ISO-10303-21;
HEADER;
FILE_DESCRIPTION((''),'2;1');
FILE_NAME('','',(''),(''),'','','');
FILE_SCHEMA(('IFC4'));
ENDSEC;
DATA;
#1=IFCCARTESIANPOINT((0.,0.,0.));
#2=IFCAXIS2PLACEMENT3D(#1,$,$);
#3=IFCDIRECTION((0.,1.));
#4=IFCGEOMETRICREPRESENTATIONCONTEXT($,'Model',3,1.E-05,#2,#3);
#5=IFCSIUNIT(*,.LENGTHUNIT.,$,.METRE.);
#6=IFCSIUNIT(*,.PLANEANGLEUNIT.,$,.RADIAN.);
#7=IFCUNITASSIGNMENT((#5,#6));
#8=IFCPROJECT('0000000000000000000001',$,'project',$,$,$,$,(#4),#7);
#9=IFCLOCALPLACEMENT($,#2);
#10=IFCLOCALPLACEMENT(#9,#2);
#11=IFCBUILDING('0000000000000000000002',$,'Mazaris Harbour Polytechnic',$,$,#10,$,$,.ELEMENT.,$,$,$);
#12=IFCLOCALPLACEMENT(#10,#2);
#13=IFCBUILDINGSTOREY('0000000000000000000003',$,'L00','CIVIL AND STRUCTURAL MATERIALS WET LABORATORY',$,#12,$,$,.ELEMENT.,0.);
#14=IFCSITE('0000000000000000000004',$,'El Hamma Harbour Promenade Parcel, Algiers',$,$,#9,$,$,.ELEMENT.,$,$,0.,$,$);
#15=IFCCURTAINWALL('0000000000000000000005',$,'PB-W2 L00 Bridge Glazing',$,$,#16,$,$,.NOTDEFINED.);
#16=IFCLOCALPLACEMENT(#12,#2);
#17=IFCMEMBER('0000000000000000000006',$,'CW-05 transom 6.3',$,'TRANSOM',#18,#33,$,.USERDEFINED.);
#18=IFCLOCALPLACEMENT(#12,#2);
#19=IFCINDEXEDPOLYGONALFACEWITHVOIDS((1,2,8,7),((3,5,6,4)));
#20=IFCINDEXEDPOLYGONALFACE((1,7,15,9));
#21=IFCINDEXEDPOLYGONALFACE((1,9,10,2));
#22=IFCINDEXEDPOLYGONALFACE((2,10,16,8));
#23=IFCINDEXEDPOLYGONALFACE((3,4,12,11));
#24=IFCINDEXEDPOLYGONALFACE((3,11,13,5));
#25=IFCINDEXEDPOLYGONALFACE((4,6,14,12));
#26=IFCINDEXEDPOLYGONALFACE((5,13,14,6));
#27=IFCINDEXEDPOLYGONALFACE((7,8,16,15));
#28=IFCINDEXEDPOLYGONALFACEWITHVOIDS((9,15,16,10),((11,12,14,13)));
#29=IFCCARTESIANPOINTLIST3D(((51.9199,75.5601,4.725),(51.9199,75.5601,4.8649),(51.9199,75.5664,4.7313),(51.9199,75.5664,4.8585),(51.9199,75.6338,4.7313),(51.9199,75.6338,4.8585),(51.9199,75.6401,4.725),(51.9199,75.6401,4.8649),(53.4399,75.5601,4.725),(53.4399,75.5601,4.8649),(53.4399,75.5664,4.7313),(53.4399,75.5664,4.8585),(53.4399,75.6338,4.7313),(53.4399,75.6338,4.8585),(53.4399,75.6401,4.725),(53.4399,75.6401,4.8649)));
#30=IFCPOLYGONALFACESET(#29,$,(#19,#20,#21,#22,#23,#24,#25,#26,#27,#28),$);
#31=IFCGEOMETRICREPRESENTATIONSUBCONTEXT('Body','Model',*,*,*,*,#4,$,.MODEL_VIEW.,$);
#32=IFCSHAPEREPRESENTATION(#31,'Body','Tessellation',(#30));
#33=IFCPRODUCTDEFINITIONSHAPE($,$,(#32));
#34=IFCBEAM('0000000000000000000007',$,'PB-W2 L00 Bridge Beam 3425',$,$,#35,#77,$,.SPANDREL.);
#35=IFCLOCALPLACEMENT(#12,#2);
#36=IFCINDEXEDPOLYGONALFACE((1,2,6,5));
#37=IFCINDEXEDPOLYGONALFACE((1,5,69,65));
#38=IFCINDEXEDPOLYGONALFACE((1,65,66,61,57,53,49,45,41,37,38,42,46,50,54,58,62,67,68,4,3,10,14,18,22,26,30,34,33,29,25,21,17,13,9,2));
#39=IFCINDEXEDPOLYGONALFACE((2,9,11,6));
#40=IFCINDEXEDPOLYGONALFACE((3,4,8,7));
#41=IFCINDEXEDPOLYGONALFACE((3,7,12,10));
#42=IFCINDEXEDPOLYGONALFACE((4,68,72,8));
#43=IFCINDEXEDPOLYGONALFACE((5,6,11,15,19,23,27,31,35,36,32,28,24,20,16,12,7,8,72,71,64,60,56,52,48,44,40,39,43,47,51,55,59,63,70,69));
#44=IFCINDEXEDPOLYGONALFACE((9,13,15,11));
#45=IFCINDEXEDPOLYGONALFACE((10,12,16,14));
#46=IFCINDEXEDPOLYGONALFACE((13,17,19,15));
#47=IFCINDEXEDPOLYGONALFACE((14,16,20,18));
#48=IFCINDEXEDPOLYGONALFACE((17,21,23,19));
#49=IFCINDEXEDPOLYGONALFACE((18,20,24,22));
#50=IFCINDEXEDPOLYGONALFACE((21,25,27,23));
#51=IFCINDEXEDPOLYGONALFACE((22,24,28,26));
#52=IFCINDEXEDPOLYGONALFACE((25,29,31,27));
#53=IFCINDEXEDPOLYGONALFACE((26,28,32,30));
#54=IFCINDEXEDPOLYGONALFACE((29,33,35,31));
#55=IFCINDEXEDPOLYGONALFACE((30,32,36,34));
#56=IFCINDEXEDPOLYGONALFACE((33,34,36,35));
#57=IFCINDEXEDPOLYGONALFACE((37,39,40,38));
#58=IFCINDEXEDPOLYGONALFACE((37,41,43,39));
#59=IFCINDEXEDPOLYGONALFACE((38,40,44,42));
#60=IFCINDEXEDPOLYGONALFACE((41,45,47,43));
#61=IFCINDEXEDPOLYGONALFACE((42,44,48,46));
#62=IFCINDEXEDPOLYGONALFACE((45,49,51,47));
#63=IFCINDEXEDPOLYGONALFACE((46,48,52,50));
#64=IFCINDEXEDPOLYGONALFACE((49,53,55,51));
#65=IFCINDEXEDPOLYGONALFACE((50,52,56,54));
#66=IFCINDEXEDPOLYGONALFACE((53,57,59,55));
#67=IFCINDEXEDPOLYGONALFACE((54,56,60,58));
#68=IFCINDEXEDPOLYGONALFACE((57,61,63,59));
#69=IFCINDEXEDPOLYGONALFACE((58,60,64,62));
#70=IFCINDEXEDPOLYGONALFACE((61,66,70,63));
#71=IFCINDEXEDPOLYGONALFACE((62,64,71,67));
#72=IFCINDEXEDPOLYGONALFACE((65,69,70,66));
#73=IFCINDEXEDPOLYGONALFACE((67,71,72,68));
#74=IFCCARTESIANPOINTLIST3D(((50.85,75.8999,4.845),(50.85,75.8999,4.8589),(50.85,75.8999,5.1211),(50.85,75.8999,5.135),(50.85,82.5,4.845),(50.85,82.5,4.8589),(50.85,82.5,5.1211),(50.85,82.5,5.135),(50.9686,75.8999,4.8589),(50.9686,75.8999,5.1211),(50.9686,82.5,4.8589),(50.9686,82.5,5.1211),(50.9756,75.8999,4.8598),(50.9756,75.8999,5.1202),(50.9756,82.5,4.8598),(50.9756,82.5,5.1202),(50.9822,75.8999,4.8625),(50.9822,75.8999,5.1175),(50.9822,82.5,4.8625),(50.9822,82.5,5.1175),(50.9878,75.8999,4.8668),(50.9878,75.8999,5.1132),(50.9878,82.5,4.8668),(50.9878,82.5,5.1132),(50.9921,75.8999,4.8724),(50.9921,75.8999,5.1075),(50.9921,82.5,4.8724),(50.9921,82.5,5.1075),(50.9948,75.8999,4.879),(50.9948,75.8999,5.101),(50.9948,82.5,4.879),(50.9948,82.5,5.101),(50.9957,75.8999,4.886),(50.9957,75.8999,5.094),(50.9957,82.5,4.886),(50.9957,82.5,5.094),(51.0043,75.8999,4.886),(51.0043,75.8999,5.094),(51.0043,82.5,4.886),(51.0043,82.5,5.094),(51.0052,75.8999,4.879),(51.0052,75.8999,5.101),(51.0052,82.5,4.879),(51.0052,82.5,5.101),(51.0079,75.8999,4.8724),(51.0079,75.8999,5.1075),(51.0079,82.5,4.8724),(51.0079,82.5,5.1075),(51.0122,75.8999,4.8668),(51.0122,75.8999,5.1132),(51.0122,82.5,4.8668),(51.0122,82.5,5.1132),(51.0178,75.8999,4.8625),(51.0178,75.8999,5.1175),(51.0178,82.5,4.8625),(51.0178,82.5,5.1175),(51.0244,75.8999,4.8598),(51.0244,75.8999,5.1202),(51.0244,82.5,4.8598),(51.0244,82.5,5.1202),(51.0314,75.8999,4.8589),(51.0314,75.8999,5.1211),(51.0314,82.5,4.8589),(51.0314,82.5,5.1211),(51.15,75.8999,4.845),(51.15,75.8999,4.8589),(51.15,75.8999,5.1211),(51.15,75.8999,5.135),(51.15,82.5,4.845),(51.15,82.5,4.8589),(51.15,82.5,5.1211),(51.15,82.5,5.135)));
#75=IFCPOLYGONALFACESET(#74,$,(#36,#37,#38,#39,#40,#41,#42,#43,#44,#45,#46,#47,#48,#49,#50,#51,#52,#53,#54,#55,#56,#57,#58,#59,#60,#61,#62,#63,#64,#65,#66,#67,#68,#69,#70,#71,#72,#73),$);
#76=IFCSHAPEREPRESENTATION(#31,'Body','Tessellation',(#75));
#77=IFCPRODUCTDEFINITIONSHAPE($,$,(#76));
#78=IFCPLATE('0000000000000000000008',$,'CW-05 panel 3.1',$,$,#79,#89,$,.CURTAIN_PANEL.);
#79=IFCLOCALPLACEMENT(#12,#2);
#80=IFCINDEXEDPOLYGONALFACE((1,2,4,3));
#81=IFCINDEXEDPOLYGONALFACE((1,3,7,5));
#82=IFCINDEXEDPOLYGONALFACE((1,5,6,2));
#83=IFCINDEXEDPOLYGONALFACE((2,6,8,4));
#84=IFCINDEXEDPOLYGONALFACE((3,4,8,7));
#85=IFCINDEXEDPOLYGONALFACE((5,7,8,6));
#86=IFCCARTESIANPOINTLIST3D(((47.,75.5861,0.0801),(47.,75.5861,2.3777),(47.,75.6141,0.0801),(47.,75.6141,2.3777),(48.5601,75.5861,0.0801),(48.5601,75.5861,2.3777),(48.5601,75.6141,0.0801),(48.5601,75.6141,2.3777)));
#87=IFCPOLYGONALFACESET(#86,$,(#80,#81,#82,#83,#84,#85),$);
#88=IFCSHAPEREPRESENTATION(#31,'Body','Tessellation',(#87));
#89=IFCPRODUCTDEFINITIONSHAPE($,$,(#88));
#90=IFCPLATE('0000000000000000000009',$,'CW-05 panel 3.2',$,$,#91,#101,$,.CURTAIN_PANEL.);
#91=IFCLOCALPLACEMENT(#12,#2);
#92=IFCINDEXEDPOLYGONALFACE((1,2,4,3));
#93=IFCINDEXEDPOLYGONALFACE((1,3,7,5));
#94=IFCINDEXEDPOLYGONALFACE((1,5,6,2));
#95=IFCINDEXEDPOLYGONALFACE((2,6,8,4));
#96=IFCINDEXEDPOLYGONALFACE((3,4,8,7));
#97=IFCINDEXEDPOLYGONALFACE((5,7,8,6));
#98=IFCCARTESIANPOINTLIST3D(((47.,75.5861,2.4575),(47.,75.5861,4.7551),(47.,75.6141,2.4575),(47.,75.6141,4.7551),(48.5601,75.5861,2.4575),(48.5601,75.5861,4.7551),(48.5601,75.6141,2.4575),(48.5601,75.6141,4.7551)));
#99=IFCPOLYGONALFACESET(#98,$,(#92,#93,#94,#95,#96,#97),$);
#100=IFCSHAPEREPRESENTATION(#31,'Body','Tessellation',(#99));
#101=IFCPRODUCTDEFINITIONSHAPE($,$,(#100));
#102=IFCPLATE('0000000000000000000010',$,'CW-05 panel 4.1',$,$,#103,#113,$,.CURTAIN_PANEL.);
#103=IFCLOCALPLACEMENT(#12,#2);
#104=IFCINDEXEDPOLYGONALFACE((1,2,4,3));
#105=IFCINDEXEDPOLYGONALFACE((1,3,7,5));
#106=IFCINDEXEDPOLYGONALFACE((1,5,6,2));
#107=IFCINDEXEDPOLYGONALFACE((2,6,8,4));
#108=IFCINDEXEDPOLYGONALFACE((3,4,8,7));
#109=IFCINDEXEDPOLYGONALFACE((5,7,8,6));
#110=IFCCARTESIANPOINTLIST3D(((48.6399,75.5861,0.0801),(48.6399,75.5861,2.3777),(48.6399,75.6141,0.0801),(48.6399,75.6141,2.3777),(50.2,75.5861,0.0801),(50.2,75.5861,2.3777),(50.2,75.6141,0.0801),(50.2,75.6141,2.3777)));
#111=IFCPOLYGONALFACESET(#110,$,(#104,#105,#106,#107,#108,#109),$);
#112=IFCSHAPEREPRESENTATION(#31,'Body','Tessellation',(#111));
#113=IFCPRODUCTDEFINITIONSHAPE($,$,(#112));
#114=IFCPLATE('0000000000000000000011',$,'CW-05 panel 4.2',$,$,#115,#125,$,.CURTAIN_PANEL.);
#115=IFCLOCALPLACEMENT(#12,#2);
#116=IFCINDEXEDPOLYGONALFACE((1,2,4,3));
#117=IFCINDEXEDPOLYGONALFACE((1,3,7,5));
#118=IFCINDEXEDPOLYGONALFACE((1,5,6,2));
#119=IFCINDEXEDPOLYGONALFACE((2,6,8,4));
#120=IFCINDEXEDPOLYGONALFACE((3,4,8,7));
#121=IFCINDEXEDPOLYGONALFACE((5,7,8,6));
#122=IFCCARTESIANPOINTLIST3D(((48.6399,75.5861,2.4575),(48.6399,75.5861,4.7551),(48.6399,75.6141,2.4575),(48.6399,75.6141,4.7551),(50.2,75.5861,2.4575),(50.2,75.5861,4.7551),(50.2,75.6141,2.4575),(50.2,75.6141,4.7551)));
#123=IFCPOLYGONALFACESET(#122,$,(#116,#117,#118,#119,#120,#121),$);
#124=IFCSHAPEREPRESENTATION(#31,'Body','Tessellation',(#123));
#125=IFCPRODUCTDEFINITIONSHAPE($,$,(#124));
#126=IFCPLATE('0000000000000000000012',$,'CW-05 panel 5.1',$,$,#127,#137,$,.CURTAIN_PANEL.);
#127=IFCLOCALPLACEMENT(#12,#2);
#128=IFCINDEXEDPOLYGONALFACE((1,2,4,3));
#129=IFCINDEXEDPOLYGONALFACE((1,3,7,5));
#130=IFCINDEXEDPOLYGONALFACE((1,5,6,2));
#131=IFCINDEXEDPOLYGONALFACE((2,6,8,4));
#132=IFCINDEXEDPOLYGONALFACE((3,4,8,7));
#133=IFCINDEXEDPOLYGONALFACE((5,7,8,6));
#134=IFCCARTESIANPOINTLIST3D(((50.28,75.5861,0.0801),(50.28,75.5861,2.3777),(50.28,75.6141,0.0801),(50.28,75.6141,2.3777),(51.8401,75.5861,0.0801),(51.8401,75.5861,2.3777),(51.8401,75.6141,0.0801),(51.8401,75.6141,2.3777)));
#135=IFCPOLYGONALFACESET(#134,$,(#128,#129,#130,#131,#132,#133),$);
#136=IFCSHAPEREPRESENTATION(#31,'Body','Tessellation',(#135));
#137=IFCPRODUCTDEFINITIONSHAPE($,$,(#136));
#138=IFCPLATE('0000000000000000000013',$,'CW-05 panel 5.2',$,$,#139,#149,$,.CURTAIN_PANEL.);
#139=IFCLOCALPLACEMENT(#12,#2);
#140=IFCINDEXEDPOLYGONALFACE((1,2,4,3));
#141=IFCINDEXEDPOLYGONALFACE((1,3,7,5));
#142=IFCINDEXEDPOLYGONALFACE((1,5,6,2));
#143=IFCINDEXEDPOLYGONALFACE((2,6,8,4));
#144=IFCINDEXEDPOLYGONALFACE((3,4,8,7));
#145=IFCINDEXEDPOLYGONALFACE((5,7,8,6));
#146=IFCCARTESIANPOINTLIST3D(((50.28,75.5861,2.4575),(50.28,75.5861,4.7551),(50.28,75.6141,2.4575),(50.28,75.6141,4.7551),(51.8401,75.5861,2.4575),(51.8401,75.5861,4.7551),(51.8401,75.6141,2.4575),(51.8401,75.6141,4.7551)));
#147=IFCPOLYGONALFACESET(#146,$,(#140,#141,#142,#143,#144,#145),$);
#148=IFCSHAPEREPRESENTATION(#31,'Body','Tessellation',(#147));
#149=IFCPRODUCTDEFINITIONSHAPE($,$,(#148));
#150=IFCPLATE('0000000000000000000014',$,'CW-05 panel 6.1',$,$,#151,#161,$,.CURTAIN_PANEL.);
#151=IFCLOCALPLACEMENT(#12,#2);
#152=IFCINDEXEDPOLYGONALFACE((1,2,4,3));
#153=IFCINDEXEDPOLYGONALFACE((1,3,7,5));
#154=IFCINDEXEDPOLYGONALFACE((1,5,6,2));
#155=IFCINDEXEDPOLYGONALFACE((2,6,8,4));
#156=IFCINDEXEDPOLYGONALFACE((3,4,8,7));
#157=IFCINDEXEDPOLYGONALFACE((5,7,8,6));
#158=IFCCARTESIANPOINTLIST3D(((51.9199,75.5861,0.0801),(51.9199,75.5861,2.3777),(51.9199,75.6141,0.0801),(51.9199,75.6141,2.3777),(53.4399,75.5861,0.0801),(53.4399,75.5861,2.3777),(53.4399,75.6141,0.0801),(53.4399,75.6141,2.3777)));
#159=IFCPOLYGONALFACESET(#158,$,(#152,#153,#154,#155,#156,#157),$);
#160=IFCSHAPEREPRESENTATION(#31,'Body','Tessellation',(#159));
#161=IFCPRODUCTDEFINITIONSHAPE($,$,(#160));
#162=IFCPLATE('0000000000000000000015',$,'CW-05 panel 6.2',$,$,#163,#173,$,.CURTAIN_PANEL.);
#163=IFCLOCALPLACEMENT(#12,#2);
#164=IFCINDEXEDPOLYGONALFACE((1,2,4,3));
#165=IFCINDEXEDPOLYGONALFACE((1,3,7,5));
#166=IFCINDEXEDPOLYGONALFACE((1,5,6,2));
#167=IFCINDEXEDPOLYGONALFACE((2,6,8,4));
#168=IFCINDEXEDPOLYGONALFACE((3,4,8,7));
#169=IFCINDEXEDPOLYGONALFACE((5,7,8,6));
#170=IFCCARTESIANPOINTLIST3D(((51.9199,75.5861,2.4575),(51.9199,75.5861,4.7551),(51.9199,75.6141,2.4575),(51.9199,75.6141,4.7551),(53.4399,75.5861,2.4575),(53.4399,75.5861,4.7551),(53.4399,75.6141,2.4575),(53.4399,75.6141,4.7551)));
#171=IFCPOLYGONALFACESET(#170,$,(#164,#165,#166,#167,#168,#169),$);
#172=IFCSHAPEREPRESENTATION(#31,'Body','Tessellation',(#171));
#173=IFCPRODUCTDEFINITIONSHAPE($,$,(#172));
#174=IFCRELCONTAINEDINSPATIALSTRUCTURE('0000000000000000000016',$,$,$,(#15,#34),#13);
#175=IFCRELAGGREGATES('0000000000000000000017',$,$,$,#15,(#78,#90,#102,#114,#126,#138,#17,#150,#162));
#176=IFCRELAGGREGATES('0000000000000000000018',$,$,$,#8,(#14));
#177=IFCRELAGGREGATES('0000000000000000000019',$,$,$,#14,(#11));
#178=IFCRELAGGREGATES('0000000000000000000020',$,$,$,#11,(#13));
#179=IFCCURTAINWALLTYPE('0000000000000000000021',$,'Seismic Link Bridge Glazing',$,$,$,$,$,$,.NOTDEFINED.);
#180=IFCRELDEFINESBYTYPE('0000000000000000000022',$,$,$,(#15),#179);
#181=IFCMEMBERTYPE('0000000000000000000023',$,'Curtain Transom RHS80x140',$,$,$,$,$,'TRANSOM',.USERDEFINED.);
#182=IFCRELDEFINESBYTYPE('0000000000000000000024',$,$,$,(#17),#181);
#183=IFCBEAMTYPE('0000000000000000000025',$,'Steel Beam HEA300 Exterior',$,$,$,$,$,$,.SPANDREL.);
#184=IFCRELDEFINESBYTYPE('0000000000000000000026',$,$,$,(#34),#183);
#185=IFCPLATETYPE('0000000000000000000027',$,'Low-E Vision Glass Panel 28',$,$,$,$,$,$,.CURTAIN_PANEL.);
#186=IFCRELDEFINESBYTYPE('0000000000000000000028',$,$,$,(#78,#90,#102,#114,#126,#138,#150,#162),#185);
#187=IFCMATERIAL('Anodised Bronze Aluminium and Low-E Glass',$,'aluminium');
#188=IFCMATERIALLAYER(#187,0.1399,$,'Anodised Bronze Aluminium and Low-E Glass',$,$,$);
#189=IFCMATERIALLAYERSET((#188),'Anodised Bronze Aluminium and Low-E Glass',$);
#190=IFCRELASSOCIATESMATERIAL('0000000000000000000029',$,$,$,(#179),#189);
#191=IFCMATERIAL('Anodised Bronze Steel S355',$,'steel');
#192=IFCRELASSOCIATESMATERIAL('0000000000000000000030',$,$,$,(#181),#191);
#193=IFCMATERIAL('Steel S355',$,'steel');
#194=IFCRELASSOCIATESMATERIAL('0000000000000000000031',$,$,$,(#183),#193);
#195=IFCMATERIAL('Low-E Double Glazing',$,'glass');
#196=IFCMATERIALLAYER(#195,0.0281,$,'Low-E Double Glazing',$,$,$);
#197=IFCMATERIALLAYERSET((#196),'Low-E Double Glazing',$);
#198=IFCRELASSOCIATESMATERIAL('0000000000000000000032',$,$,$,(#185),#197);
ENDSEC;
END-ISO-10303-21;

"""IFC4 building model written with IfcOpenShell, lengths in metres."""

from ifc_helpers import new_model, si_unit, direction, frame, origin, origin_2d, place, context, subcontext, project, spatial, rectangle, hollow_rectangle, i_section, extrude, material, layer, layer_set, material_profile, profile_set, type_object, element, aggregate, save


model = new_model("IFC4")

# Units and contexts
model_context = context("Model", 3, precision=1e-05, world=origin(), true_north=direction((0.0, 1.0)))
body_context = subcontext(model_context, "Body", "Model", "MODEL_VIEW")
ifc_project = project(units=[si_unit("LENGTHUNIT", "METRE"), si_unit("PLANEANGLEUNIT", "RADIAN")], contexts=[model_context])

# Site, building, storey
site_placement = place(None, origin())
site = spatial("IfcSite", under=ifc_project, at=site_placement, Name="El Hamma Harbour Promenade Parcel, Algiers", CompositionType="ELEMENT", RefElevation=0.0)
building_placement = place(site_placement, origin())
building = spatial("IfcBuilding", under=site, at=building_placement, Name="Mazaris Harbour Polytechnic", CompositionType="ELEMENT")
storey_placement = place(building_placement, origin())
storey = spatial("IfcBuildingStorey", under=building, at=storey_placement, Name="L00", Description="CIVIL AND STRUCTURAL MATERIALS WET LABORATORY", CompositionType="ELEMENT", Elevation=0.0)

# Curtain wall, member
ifc_material_1 = material(Name="Anodised Bronze Aluminium and Low-E Glass", Category="aluminium")
ifc_layer_1 = layer(ifc_material_1, 0.1399, Name="Anodised Bronze Aluminium and Low-E Glass")
ifc_layer_set_1 = layer_set([ifc_layer_1], Name="Anodised Bronze Aluminium and Low-E Glass")
curtain_wall_type = type_object("IfcCurtainWallType", Name="Seismic Link Bridge Glazing", PredefinedType="NOTDEFINED", material=ifc_layer_set_1)
curtain_wall_placement = place(storey_placement, origin())
curtain_wall = element("IfcCurtainWall", 1, at=curtain_wall_placement, inside=storey, type_object=curtain_wall_type, Name="PB-W2 L00 Bridge Glazing", PredefinedType="NOTDEFINED")
ifc_material_2 = material(Name="Anodised Bronze Steel S355", Category="steel")
ifc_material_profile_1 = material_profile(ifc_material_2, hollow_rectangle(XDim=0.0801, YDim=0.1399, WallThickness=0.0063, at=origin_2d()), Name="RHS 80x140x6.3")
ifc_profile_set_1 = profile_set([ifc_material_profile_1], Name="Anodised Bronze Steel S355")
member_type_1 = type_object("IfcMemberType", Name="Curtain Transom RHS80x140", ElementType="TRANSOM", PredefinedType="USERDEFINED", material=ifc_profile_set_1)
member_1_placement = place(storey_placement, frame((51.9199, 75.6001, 4.7949), z_axis=(1.0, 0.0, 0.0), x_axis=(0.0, 1.0, 0.0)))
member_1 = element("IfcMember", 2, at=member_1_placement, type_object=member_type_1, Name="CW-05 transom 6.3", ObjectType="TRANSOM", PredefinedType="USERDEFINED", context=body_context, shape_type="SweptSolid", body=[
    extrude(hollow_rectangle(XDim=0.0801, YDim=0.1399, WallThickness=0.0063, at=origin_2d()), origin(), (0.0, 0.0, 1.0), 1.52),
])

# Beam
ifc_material_3 = material(Name="Steel S355", Category="steel")
ifc_material_profile_2 = material_profile(ifc_material_3, i_section(OverallWidth=0.3, OverallDepth=0.29, WebThickness=0.0085, FlangeThickness=0.0139, FilletRadius=0.0271, at=origin_2d()), Name="HEA 300")
ifc_profile_set_2 = profile_set([ifc_material_profile_2], Name="Steel S355")
beam_type = type_object("IfcBeamType", Name="Steel Beam HEA300 Exterior", PredefinedType="SPANDREL", material=ifc_profile_set_2)
beam_placement = place(storey_placement, frame((51.0, 75.8999, 4.99), z_axis=(0.0, 1.0, 0.0), x_axis=(-1.0, 0.0, 0.0)))
element("IfcBeam", 3, at=beam_placement, inside=storey, type_object=beam_type, Name="PB-W2 L00 Bridge Beam 3425", PredefinedType="SPANDREL", context=body_context, shape_type="SweptSolid", body=[
    extrude(i_section(OverallWidth=0.3, OverallDepth=0.29, WebThickness=0.0085, FlangeThickness=0.0139, FilletRadius=0.0271, at=origin_2d()), origin(), (0.0, 0.0, 1.0), 6.6001),
])

# Plates
ifc_material_4 = material(Name="Low-E Double Glazing", Category="glass")
ifc_layer_2 = layer(ifc_material_4, 0.0281, Name="Low-E Double Glazing")
ifc_layer_set_2 = layer_set([ifc_layer_2], Name="Low-E Double Glazing")
plate_type = type_object("IfcPlateType", Name="Low-E Vision Glass Panel 28", PredefinedType="CURTAIN_PANEL", material=ifc_layer_set_2)
plate_1_placement = place(storey_placement, frame((47.78, 75.6001, 0.0801), z_axis=(0.0, 0.0, 1.0), x_axis=(1.0, 0.0, 0.0)))
plate_1 = element("IfcPlate", 4, at=plate_1_placement, type_object=plate_type, Name="CW-05 panel 3.1", PredefinedType="CURTAIN_PANEL", context=body_context, shape_type="SweptSolid", body=[
    extrude(rectangle(XDim=1.5601, YDim=0.0281, at=origin_2d()), origin(), (0.0, 0.0, 1.0), 2.2976),
])
plate_2_placement = place(storey_placement, frame((47.78, 75.6001, 2.4575), z_axis=(0.0, 0.0, 1.0), x_axis=(1.0, 0.0, 0.0)))
plate_2 = element("IfcPlate", 5, at=plate_2_placement, type_object=plate_type, Name="CW-05 panel 3.2", PredefinedType="CURTAIN_PANEL", context=body_context, shape_type="SweptSolid", body=[
    extrude(rectangle(XDim=1.5601, YDim=0.0281, at=origin_2d()), origin(), (0.0, 0.0, 1.0), 2.2976),
])
plate_3_placement = place(storey_placement, frame((49.4199, 75.6001, 0.0801), z_axis=(0.0, 0.0, 1.0), x_axis=(1.0, 0.0, 0.0)))
plate_3 = element("IfcPlate", 6, at=plate_3_placement, type_object=plate_type, Name="CW-05 panel 4.1", PredefinedType="CURTAIN_PANEL", context=body_context, shape_type="SweptSolid", body=[
    extrude(rectangle(XDim=1.5601, YDim=0.0281, at=origin_2d()), origin(), (0.0, 0.0, 1.0), 2.2976),
])
plate_4_placement = place(storey_placement, frame((49.4199, 75.6001, 2.4575), z_axis=(0.0, 0.0, 1.0), x_axis=(1.0, 0.0, 0.0)))
plate_4 = element("IfcPlate", 7, at=plate_4_placement, type_object=plate_type, Name="CW-05 panel 4.2", PredefinedType="CURTAIN_PANEL", context=body_context, shape_type="SweptSolid", body=[
    extrude(rectangle(XDim=1.5601, YDim=0.0281, at=origin_2d()), origin(), (0.0, 0.0, 1.0), 2.2976),
])
plate_5_placement = place(storey_placement, frame((51.0601, 75.6001, 0.0801), z_axis=(0.0, 0.0, 1.0), x_axis=(1.0, 0.0, 0.0)))
plate_5 = element("IfcPlate", 8, at=plate_5_placement, type_object=plate_type, Name="CW-05 panel 5.1", PredefinedType="CURTAIN_PANEL", context=body_context, shape_type="SweptSolid", body=[
    extrude(rectangle(XDim=1.5601, YDim=0.0281, at=origin_2d()), origin(), (0.0, 0.0, 1.0), 2.2976),
])
plate_6_placement = place(storey_placement, frame((51.0601, 75.6001, 2.4575), z_axis=(0.0, 0.0, 1.0), x_axis=(1.0, 0.0, 0.0)))
plate_6 = element("IfcPlate", 9, at=plate_6_placement, type_object=plate_type, Name="CW-05 panel 5.2", PredefinedType="CURTAIN_PANEL", context=body_context, shape_type="SweptSolid", body=[
    extrude(rectangle(XDim=1.5601, YDim=0.0281, at=origin_2d()), origin(), (0.0, 0.0, 1.0), 2.2976),
])
plate_7_placement = place(storey_placement, frame((52.6799, 75.6001, 0.0801), z_axis=(0.0, 0.0, 1.0), x_axis=(1.0, 0.0, 0.0)))
plate_7 = element("IfcPlate", 10, at=plate_7_placement, type_object=plate_type, Name="CW-05 panel 6.1", PredefinedType="CURTAIN_PANEL", context=body_context, shape_type="SweptSolid", body=[
    extrude(rectangle(XDim=1.52, YDim=0.0281, at=origin_2d()), origin(), (0.0, 0.0, 1.0), 2.2976),
])
plate_8_placement = place(storey_placement, frame((52.6799, 75.6001, 2.4575), z_axis=(0.0, 0.0, 1.0), x_axis=(1.0, 0.0, 0.0)))
plate_8 = element("IfcPlate", 11, at=plate_8_placement, type_object=plate_type, Name="CW-05 panel 6.2", PredefinedType="CURTAIN_PANEL", context=body_context, shape_type="SweptSolid", body=[
    extrude(rectangle(XDim=1.52, YDim=0.0281, at=origin_2d()), origin(), (0.0, 0.0, 1.0), 2.2976),
])
aggregate(curtain_wall, [plate_1, plate_2, plate_3, plate_4, plate_5, plate_6, member_1, plate_7, plate_8])

save(model, "model.ifc")
